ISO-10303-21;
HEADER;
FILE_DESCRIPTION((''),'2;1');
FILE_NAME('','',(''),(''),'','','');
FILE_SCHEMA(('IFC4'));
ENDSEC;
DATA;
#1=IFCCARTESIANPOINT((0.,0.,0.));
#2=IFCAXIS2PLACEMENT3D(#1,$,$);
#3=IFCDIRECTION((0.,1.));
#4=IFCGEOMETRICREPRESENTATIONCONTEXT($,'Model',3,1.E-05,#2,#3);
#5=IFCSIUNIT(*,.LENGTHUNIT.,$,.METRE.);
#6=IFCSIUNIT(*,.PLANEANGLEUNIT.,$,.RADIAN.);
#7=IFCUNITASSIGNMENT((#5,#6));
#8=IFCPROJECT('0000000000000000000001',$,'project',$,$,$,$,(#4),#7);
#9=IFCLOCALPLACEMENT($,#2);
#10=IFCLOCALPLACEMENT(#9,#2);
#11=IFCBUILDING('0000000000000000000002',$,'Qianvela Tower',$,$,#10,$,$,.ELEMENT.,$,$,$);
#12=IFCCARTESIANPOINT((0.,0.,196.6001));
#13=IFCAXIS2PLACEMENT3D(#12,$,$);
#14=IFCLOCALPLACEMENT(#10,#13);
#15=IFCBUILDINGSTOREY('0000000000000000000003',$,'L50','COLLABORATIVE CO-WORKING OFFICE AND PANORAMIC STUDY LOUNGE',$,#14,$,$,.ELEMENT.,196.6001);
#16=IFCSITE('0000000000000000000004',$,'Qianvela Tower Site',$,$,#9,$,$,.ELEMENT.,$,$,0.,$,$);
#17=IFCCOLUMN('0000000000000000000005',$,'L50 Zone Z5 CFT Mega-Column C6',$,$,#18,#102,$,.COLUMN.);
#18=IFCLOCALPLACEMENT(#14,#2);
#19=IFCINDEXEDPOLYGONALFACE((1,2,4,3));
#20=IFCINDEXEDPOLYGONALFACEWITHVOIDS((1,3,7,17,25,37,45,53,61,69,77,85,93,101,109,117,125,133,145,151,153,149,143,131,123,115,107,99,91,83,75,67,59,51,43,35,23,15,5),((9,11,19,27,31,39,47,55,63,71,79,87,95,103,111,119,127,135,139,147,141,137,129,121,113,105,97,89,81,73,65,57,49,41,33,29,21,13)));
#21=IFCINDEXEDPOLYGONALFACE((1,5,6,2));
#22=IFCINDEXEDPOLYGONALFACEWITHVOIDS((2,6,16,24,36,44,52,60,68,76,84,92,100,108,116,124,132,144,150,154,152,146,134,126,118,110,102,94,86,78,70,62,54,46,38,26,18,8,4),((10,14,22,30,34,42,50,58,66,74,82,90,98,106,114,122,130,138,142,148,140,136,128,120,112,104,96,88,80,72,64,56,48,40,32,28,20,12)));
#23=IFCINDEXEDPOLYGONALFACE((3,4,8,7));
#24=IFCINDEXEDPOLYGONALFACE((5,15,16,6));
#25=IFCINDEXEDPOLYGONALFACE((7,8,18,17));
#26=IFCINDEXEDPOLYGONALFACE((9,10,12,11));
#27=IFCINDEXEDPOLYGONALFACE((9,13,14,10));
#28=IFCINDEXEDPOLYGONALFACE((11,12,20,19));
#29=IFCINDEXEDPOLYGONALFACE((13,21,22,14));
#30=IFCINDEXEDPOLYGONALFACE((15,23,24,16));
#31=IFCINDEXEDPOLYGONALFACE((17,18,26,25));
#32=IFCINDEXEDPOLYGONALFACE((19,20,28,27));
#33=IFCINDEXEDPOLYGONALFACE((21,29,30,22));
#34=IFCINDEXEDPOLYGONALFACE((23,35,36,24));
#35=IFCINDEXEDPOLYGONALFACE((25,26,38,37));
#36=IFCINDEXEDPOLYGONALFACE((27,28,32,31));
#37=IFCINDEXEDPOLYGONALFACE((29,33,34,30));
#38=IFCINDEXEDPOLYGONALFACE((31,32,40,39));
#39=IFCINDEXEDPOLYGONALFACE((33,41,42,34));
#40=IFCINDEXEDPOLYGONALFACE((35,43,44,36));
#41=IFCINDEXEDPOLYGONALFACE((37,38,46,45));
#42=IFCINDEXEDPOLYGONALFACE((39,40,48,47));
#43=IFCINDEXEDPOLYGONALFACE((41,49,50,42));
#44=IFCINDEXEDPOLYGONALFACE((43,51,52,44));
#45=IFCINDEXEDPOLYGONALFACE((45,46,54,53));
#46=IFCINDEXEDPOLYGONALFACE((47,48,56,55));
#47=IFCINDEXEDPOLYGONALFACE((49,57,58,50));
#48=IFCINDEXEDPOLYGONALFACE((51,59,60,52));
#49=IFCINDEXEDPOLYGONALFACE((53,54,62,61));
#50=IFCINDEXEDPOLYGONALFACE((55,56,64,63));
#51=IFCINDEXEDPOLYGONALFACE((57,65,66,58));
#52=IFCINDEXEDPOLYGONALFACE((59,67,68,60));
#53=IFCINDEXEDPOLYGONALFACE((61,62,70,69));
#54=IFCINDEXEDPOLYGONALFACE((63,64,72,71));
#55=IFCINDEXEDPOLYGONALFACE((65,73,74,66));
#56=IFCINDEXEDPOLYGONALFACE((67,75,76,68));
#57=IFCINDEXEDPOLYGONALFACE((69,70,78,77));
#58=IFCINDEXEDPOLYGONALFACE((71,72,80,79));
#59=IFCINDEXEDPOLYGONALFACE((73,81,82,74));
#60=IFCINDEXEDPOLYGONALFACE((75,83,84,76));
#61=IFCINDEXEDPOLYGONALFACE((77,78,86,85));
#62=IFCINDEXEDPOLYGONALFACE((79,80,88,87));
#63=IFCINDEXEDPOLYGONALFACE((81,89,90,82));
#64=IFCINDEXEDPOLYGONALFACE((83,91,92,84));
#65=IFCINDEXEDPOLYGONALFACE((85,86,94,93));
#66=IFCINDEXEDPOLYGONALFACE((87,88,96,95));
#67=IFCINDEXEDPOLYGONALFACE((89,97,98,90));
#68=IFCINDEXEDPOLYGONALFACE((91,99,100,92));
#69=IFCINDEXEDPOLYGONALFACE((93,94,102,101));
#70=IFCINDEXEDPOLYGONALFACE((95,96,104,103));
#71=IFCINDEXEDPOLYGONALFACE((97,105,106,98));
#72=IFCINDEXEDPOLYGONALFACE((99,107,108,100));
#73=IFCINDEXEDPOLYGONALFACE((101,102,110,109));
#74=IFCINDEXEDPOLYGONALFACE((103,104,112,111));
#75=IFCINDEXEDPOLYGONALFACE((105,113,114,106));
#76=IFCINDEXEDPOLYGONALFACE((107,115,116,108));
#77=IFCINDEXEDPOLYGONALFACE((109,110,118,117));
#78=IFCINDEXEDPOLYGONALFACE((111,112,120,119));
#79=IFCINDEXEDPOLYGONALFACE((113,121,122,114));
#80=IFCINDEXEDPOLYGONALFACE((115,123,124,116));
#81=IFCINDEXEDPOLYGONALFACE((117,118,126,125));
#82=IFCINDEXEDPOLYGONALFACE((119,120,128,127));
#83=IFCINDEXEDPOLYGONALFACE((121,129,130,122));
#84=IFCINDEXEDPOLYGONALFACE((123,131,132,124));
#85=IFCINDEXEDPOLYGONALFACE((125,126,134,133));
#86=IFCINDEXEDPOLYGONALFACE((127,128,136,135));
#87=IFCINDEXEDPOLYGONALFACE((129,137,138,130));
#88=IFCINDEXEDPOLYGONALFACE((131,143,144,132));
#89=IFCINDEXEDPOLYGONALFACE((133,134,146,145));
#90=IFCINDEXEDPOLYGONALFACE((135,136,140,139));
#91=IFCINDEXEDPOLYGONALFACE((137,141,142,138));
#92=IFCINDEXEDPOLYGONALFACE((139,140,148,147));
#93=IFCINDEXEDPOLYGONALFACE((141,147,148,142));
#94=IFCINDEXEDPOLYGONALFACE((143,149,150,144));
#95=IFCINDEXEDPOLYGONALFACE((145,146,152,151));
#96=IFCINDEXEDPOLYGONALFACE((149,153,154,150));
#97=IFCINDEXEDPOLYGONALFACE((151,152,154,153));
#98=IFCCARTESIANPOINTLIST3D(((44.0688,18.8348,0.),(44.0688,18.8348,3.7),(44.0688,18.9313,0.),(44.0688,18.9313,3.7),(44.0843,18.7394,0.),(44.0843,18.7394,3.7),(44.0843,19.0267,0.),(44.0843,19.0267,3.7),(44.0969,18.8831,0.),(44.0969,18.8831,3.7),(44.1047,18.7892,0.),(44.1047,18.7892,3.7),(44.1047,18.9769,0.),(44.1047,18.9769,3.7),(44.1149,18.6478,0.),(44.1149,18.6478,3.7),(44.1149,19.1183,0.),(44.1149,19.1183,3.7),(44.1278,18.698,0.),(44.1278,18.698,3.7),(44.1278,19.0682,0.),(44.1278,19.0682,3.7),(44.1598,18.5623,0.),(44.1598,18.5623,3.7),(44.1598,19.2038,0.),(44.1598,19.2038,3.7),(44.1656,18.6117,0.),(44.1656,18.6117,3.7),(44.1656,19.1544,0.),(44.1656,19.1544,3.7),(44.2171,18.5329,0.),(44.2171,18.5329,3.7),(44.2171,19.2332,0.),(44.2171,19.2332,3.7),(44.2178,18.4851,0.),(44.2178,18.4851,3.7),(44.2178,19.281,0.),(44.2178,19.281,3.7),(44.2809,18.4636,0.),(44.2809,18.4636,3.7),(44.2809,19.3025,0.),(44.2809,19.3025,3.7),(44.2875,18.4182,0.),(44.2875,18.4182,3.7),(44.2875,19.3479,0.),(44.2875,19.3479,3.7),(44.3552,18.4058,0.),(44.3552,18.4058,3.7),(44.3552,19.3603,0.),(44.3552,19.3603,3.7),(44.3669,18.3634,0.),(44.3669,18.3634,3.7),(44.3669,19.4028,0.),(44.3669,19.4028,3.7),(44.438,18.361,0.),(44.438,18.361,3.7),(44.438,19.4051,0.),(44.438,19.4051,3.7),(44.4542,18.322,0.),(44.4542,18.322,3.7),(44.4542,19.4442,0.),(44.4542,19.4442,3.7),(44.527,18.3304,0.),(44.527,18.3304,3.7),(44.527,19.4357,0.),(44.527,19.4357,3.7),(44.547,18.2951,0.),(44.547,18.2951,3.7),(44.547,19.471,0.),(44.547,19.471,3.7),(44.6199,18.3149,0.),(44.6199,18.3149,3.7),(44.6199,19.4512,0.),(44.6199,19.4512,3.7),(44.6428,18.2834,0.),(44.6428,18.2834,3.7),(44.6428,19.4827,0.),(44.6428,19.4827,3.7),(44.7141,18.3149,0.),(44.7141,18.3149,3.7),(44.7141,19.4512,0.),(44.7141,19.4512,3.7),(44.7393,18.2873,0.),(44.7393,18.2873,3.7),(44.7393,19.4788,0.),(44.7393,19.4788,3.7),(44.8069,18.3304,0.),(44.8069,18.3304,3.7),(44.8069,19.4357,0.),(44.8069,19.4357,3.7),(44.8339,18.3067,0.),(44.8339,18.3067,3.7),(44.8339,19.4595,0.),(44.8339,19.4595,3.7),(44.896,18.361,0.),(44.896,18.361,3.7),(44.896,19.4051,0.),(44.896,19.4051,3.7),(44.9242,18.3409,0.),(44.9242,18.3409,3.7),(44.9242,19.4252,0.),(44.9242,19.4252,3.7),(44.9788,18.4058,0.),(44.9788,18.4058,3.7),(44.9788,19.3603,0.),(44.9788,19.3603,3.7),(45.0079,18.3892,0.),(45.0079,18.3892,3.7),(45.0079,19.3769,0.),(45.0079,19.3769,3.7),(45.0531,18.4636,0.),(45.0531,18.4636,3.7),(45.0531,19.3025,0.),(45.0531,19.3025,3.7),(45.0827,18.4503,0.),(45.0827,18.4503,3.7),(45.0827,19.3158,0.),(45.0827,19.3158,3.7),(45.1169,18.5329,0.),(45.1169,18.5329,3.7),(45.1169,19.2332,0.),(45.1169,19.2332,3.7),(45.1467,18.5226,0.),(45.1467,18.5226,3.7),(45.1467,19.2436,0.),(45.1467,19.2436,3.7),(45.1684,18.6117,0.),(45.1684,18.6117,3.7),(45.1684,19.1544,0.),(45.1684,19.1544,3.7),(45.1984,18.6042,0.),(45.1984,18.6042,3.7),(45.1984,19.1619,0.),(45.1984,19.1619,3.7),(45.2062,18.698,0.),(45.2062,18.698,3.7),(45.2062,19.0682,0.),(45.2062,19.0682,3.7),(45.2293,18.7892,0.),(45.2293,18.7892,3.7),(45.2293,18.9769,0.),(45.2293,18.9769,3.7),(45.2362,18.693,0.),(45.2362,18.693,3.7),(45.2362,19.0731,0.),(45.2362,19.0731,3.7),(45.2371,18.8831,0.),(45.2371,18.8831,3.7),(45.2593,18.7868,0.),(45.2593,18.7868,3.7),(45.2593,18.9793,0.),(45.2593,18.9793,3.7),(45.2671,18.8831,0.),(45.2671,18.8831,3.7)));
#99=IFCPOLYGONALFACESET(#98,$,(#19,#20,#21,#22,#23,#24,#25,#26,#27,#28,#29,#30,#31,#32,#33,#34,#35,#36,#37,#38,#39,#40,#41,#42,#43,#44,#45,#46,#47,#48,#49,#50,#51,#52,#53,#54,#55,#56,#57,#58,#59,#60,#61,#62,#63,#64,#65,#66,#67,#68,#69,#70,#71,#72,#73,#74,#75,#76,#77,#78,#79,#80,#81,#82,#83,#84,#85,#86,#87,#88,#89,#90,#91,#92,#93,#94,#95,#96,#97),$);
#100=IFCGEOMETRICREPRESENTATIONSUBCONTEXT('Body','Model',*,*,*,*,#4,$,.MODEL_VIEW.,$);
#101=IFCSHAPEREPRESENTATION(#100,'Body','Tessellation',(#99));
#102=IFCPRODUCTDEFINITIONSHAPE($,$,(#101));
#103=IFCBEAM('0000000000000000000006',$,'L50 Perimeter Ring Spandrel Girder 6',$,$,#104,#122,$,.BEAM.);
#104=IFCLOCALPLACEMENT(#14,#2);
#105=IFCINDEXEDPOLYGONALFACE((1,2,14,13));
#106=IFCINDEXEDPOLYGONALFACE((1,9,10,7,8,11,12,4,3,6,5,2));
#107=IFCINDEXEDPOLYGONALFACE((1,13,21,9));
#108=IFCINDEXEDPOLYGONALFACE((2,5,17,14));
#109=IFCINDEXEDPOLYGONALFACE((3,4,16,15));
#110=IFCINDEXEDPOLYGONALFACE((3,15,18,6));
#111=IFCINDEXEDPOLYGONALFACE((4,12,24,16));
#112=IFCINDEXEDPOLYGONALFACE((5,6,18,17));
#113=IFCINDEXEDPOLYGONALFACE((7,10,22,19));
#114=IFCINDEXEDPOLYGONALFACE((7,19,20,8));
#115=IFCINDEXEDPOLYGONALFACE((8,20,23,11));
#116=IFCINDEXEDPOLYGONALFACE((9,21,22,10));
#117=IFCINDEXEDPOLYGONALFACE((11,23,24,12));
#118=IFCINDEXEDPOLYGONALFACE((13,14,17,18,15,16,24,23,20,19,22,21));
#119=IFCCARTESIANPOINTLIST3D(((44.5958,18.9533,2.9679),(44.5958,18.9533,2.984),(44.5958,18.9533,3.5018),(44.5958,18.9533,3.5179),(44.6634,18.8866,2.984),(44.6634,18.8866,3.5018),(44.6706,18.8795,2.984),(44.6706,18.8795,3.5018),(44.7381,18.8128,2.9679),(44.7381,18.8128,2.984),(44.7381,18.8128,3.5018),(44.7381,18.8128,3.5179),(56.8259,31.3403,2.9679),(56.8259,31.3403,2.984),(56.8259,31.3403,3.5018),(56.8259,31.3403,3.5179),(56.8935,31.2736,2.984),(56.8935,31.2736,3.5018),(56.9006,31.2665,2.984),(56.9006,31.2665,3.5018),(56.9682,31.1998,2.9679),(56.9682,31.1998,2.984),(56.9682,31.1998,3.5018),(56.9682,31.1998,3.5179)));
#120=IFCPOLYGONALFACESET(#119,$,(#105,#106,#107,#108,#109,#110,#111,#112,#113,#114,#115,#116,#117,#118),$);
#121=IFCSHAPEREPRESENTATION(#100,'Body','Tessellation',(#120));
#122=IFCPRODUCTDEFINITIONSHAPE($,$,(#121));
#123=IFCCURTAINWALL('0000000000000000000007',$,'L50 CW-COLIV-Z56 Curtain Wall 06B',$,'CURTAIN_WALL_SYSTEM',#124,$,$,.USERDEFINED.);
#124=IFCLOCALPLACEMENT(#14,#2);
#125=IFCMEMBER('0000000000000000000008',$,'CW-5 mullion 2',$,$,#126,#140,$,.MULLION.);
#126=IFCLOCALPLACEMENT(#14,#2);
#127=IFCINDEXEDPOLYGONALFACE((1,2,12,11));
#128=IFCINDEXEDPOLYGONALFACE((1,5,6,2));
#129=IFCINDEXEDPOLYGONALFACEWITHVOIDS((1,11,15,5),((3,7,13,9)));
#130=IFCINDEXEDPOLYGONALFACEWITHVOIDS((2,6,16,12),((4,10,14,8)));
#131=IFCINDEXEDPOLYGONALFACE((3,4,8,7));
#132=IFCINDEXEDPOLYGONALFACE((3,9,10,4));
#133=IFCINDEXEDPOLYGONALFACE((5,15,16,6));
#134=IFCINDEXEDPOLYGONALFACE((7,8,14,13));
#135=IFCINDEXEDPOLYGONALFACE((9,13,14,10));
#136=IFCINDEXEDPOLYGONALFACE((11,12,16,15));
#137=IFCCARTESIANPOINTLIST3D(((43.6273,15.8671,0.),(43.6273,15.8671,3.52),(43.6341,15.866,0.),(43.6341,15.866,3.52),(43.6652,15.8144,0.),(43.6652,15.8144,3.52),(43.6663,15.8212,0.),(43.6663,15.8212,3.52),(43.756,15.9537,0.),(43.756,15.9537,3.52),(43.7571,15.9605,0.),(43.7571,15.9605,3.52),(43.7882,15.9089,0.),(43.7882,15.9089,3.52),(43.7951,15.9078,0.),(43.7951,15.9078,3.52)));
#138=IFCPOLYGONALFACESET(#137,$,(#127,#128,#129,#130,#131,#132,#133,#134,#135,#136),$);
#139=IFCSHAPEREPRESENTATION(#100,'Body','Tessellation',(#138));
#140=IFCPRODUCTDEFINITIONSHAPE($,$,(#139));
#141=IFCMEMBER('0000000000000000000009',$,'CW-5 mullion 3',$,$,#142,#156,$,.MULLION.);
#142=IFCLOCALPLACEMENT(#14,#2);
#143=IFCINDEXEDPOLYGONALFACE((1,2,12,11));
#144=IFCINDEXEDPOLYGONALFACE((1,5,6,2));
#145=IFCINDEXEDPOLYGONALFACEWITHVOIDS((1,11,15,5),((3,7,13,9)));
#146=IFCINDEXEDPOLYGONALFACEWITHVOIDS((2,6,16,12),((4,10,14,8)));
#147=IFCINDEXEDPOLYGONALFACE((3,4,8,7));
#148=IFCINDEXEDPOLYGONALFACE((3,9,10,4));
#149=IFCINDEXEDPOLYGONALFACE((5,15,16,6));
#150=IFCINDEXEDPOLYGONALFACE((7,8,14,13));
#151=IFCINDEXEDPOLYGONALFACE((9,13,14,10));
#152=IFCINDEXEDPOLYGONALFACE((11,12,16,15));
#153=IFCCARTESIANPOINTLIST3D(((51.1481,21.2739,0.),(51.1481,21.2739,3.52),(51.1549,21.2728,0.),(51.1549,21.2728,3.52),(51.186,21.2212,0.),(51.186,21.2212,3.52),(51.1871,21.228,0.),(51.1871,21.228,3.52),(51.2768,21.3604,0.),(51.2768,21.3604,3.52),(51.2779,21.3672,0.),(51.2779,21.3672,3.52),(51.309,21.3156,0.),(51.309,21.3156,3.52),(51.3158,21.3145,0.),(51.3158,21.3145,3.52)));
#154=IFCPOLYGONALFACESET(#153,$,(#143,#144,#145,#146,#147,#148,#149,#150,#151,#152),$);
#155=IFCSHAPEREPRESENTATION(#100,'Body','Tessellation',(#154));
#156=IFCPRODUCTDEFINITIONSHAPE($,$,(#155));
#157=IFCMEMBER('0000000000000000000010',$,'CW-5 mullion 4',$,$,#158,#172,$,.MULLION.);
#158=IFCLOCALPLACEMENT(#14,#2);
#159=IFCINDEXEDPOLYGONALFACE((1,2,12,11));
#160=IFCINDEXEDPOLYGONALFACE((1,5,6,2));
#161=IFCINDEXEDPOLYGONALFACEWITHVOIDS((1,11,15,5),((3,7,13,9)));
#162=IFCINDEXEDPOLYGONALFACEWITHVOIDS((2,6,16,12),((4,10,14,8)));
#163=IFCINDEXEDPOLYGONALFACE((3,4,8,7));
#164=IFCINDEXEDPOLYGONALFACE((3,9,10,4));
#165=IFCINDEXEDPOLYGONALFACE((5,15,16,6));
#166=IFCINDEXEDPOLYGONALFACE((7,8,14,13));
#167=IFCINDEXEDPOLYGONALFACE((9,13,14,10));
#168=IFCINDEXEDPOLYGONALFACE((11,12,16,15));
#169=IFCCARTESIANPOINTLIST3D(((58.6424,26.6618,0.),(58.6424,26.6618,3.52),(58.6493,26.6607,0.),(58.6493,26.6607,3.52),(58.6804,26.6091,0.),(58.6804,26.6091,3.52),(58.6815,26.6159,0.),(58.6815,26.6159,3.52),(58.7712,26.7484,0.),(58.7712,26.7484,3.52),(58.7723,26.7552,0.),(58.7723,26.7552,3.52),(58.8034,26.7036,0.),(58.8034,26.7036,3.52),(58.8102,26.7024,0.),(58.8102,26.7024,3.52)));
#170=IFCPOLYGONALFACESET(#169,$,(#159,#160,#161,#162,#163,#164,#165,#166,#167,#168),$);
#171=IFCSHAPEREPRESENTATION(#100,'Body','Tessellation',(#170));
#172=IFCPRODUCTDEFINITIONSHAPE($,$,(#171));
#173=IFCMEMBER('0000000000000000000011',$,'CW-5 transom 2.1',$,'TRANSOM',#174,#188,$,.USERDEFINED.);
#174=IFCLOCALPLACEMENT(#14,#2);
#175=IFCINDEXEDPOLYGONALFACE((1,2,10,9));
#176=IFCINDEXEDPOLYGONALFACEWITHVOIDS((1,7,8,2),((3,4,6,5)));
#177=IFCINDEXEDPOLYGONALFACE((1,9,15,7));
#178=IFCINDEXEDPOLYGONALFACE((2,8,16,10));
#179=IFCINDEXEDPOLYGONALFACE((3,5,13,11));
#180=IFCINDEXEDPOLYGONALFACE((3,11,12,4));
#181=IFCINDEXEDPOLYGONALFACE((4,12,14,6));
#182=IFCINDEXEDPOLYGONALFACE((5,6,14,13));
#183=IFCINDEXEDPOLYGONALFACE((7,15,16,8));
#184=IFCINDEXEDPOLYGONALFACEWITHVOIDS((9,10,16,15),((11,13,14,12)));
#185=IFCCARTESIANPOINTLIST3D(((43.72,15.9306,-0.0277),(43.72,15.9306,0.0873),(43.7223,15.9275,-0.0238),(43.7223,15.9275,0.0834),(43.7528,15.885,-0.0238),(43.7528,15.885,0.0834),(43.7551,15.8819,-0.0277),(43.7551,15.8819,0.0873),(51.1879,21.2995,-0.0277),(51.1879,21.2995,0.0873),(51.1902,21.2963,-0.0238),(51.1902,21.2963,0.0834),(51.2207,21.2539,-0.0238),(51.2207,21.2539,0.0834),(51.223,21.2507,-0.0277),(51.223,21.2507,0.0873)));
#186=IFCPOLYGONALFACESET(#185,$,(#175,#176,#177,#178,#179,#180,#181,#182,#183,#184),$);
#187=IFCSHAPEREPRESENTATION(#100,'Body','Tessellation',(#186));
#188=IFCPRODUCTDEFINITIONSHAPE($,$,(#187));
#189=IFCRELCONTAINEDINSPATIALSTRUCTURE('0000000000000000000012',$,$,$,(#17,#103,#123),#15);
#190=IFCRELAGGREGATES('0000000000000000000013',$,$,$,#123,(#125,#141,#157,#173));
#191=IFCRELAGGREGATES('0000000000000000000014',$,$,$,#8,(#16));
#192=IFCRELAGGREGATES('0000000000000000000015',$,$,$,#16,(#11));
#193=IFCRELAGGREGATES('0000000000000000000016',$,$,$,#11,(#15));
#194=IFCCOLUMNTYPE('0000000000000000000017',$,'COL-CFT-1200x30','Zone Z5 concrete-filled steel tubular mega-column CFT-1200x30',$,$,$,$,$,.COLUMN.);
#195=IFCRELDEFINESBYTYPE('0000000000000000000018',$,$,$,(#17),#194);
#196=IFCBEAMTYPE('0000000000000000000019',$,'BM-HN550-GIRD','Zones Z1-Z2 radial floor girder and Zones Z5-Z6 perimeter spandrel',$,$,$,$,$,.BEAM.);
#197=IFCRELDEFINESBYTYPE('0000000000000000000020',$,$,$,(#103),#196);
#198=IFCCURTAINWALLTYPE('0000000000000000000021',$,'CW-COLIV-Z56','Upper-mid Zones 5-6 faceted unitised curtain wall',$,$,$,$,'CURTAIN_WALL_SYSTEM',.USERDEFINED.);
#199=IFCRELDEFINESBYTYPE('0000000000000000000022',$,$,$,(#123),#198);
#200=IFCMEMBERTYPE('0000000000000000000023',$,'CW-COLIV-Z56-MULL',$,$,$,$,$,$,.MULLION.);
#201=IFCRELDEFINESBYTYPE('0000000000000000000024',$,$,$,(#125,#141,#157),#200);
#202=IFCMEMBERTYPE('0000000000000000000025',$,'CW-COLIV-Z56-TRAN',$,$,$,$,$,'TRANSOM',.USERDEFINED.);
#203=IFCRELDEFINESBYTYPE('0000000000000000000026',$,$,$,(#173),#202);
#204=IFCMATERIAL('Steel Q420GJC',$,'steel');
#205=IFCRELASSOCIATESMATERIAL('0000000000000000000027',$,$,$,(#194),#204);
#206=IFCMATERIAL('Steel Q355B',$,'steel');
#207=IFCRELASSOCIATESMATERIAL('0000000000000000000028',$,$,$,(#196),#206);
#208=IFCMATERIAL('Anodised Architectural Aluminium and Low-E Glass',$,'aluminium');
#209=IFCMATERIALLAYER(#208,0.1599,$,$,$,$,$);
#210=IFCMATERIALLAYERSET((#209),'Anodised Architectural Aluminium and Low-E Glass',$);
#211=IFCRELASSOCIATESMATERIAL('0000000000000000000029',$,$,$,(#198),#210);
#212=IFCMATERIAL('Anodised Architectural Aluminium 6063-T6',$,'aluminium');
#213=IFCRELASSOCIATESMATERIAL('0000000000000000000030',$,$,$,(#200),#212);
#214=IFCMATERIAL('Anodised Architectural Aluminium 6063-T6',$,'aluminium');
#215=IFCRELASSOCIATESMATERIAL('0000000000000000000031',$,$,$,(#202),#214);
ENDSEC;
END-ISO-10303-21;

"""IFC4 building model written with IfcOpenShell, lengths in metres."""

from ifc_helpers import new_model, si_unit, direction, frame, origin, origin_2d, place, context, subcontext, project, spatial, hollow_rectangle, hollow_circle, i_section, extrude, material, layer, layer_set, material_profile, profile_set, type_object, element, aggregate, save


model = new_model("IFC4")

# Units and contexts
model_context = context("Model", 3, precision=1e-05, world=origin(), true_north=direction((0.0, 1.0)))
body_context = subcontext(model_context, "Body", "Model", "MODEL_VIEW")
ifc_project = project(units=[si_unit("LENGTHUNIT", "METRE"), si_unit("PLANEANGLEUNIT", "RADIAN")], contexts=[model_context])

# Site, building, storey
site_placement = place(None, origin())
site = spatial("IfcSite", under=ifc_project, at=site_placement, Name="Qianvela Tower Site", CompositionType="ELEMENT", RefElevation=0.0)
building_placement = place(site_placement, origin())
building = spatial("IfcBuilding", under=site, at=building_placement, Name="Qianvela Tower", CompositionType="ELEMENT")
storey_placement = place(building_placement, frame((0.0, 0.0, 196.6001)))
storey = spatial("IfcBuildingStorey", under=building, at=storey_placement, Name="L50", Description="COLLABORATIVE CO-WORKING OFFICE AND PANORAMIC STUDY LOUNGE", CompositionType="ELEMENT", Elevation=196.6001)

# Column
ifc_material_1 = material(Name="Steel Q420GJC", Category="steel")
ifc_material_profile_1 = material_profile(ifc_material_1, hollow_circle(Radius=0.6001, WallThickness=0.03, at=origin_2d()), Name="CFT-1200x30")
ifc_profile_set_1 = profile_set([ifc_material_profile_1], Name="Steel Q420GJC")
column_type = type_object("IfcColumnType", Name="COL-CFT-1200x30", Description="Zone Z5 concrete-filled steel tubular mega-column CFT-1200x30", PredefinedType="COLUMN", material=ifc_profile_set_1)
column_placement = place(storey_placement, frame((44.667, 18.8831, 0.0), z_axis=(0.0, 0.0, 1.0), x_axis=(1.0, 0.0, 0.0)))
element("IfcColumn", 1, at=column_placement, inside=storey, type_object=column_type, Name="L50 Zone Z5 CFT Mega-Column C6", PredefinedType="COLUMN", context=body_context, shape_type="SweptSolid", body=[
    extrude(hollow_circle(Radius=0.6001, WallThickness=0.03, at=origin_2d()), origin(), (0.0, 0.0, 1.0), 3.7),
])

# Beam
ifc_material_2 = material(Name="Steel Q355B", Category="steel")
ifc_material_profile_2 = material_profile(ifc_material_2, i_section(OverallWidth=0.2, OverallDepth=0.55, WebThickness=0.01, FlangeThickness=0.0161, at=origin_2d()), Name="HN550x200x10x16")
ifc_profile_set_2 = profile_set([ifc_material_profile_2], Name="Steel Q355B")
beam_type = type_object("IfcBeamType", Name="BM-HN550-GIRD", Description="Zones Z1-Z2 radial floor girder and Zones Z5-Z6 perimeter spandrel", PredefinedType="BEAM", material=ifc_profile_set_2)
beam_placement = place(storey_placement, frame((44.667, 18.8831, 3.2429), z_axis=(0.702583, 0.711602, 0.0), x_axis=(-0.711602, 0.702583, 0.0)))
element("IfcBeam", 2, at=beam_placement, inside=storey, type_object=beam_type, Name="L50 Perimeter Ring Spandrel Girder 6", PredefinedType="BEAM", context=body_context, shape_type="SweptSolid", body=[
    extrude(i_section(OverallWidth=0.2, OverallDepth=0.55, WebThickness=0.01, FlangeThickness=0.0161, at=origin_2d()), origin(), (0.0, 0.0, 1.0), 17.4072),
])

# Curtain wall, members
ifc_material_3 = material(Name="Anodised Architectural Aluminium and Low-E Glass", Category="aluminium")
ifc_layer_1 = layer(ifc_material_3, 0.1599)
ifc_layer_set_1 = layer_set([ifc_layer_1], Name="Anodised Architectural Aluminium and Low-E Glass")
curtain_wall_type = type_object("IfcCurtainWallType", Name="CW-COLIV-Z56", Description="Upper-mid Zones 5-6 faceted unitised curtain wall", ElementType="CURTAIN_WALL_SYSTEM", PredefinedType="USERDEFINED", material=ifc_layer_set_1)
curtain_wall_placement = place(storey_placement, origin())
curtain_wall = element("IfcCurtainWall", 3, at=curtain_wall_placement, inside=storey, type_object=curtain_wall_type, Name="L50 CW-COLIV-Z56 Curtain Wall 06B", ObjectType="CURTAIN_WALL_SYSTEM", PredefinedType="USERDEFINED")
ifc_material_4 = material(Name="Anodised Architectural Aluminium 6063-T6", Category="aluminium")
ifc_material_profile_3 = material_profile(ifc_material_4, hollow_rectangle(XDim=0.0649, YDim=0.1599, WallThickness=0.0049, at=origin_2d()), Name="ALU-MULL-65x160")
ifc_profile_set_3 = profile_set([ifc_material_profile_3], Name="Anodised Architectural Aluminium 6063-T6")
member_type_1 = type_object("IfcMemberType", Name="CW-COLIV-Z56-MULL", PredefinedType="MULLION", material=ifc_profile_set_3)
member_1_placement = place(storey_placement, frame((43.7112, 15.8875, 0.0), z_axis=(0.0, 0.0, 1.0), x_axis=(-0.583725, 0.811952, 0.0)))
member_1 = element("IfcMember", 4, at=member_1_placement, type_object=member_type_1, Name="CW-5 mullion 2", PredefinedType="MULLION", context=body_context, shape_type="SweptSolid", body=[
    extrude(hollow_rectangle(XDim=0.0649, YDim=0.1599, WallThickness=0.0049, at=origin_2d()), origin(), (0.0, 0.0, 1.0), 3.52),
])
member_2_placement = place(storey_placement, frame((51.2319, 21.2942, 0.0), z_axis=(0.0, 0.0, 1.0), x_axis=(-0.583725, 0.811952, 0.0)))
member_2 = element("IfcMember", 5, at=member_2_placement, type_object=member_type_1, Name="CW-5 mullion 3", PredefinedType="MULLION", context=body_context, shape_type="SweptSolid", body=[
    extrude(hollow_rectangle(XDim=0.0649, YDim=0.1599, WallThickness=0.0049, at=origin_2d()), origin(), (0.0, 0.0, 1.0), 3.52),
])
member_3_placement = place(storey_placement, frame((58.7263, 26.6821, 0.0), z_axis=(0.0, 0.0, 1.0), x_axis=(-0.583725, 0.811952, 0.0)))
member_3 = element("IfcMember", 6, at=member_3_placement, type_object=member_type_1, Name="CW-5 mullion 4", PredefinedType="MULLION", context=body_context, shape_type="SweptSolid", body=[
    extrude(hollow_rectangle(XDim=0.0649, YDim=0.1599, WallThickness=0.0049, at=origin_2d()), origin(), (0.0, 0.0, 1.0), 3.52),
])
ifc_material_5 = material(Name="Anodised Architectural Aluminium 6063-T6", Category="aluminium")
ifc_material_profile_4 = material_profile(ifc_material_5, hollow_rectangle(XDim=0.0601, YDim=0.115, WallThickness=0.0039, at=origin_2d()), Name="ALU-TRAN-60x115")
ifc_profile_set_4 = profile_set([ifc_material_profile_4], Name="Anodised Architectural Aluminium 6063-T6")
member_type_2 = type_object("IfcMemberType", Name="CW-COLIV-Z56-TRAN", ElementType="TRANSOM", PredefinedType="USERDEFINED", material=ifc_profile_set_4)
member_4_placement = place(storey_placement, frame((43.7375, 15.9062, 0.0298), z_axis=(0.811951, 0.583726, 0.0), x_axis=(-0.583726, 0.811951, 0.0)))
member_4 = element("IfcMember", 7, at=member_4_placement, type_object=member_type_2, Name="CW-5 transom 2.1", ObjectType="TRANSOM", PredefinedType="USERDEFINED", context=body_context, shape_type="SweptSolid", body=[
    extrude(hollow_rectangle(XDim=0.0601, YDim=0.115, WallThickness=0.0039, at=origin_2d()), origin(), (0.0, 0.0, 1.0), 9.1975),
])
aggregate(curtain_wall, [member_1, member_2, member_3, member_4])

save(model, "model.ifc")
